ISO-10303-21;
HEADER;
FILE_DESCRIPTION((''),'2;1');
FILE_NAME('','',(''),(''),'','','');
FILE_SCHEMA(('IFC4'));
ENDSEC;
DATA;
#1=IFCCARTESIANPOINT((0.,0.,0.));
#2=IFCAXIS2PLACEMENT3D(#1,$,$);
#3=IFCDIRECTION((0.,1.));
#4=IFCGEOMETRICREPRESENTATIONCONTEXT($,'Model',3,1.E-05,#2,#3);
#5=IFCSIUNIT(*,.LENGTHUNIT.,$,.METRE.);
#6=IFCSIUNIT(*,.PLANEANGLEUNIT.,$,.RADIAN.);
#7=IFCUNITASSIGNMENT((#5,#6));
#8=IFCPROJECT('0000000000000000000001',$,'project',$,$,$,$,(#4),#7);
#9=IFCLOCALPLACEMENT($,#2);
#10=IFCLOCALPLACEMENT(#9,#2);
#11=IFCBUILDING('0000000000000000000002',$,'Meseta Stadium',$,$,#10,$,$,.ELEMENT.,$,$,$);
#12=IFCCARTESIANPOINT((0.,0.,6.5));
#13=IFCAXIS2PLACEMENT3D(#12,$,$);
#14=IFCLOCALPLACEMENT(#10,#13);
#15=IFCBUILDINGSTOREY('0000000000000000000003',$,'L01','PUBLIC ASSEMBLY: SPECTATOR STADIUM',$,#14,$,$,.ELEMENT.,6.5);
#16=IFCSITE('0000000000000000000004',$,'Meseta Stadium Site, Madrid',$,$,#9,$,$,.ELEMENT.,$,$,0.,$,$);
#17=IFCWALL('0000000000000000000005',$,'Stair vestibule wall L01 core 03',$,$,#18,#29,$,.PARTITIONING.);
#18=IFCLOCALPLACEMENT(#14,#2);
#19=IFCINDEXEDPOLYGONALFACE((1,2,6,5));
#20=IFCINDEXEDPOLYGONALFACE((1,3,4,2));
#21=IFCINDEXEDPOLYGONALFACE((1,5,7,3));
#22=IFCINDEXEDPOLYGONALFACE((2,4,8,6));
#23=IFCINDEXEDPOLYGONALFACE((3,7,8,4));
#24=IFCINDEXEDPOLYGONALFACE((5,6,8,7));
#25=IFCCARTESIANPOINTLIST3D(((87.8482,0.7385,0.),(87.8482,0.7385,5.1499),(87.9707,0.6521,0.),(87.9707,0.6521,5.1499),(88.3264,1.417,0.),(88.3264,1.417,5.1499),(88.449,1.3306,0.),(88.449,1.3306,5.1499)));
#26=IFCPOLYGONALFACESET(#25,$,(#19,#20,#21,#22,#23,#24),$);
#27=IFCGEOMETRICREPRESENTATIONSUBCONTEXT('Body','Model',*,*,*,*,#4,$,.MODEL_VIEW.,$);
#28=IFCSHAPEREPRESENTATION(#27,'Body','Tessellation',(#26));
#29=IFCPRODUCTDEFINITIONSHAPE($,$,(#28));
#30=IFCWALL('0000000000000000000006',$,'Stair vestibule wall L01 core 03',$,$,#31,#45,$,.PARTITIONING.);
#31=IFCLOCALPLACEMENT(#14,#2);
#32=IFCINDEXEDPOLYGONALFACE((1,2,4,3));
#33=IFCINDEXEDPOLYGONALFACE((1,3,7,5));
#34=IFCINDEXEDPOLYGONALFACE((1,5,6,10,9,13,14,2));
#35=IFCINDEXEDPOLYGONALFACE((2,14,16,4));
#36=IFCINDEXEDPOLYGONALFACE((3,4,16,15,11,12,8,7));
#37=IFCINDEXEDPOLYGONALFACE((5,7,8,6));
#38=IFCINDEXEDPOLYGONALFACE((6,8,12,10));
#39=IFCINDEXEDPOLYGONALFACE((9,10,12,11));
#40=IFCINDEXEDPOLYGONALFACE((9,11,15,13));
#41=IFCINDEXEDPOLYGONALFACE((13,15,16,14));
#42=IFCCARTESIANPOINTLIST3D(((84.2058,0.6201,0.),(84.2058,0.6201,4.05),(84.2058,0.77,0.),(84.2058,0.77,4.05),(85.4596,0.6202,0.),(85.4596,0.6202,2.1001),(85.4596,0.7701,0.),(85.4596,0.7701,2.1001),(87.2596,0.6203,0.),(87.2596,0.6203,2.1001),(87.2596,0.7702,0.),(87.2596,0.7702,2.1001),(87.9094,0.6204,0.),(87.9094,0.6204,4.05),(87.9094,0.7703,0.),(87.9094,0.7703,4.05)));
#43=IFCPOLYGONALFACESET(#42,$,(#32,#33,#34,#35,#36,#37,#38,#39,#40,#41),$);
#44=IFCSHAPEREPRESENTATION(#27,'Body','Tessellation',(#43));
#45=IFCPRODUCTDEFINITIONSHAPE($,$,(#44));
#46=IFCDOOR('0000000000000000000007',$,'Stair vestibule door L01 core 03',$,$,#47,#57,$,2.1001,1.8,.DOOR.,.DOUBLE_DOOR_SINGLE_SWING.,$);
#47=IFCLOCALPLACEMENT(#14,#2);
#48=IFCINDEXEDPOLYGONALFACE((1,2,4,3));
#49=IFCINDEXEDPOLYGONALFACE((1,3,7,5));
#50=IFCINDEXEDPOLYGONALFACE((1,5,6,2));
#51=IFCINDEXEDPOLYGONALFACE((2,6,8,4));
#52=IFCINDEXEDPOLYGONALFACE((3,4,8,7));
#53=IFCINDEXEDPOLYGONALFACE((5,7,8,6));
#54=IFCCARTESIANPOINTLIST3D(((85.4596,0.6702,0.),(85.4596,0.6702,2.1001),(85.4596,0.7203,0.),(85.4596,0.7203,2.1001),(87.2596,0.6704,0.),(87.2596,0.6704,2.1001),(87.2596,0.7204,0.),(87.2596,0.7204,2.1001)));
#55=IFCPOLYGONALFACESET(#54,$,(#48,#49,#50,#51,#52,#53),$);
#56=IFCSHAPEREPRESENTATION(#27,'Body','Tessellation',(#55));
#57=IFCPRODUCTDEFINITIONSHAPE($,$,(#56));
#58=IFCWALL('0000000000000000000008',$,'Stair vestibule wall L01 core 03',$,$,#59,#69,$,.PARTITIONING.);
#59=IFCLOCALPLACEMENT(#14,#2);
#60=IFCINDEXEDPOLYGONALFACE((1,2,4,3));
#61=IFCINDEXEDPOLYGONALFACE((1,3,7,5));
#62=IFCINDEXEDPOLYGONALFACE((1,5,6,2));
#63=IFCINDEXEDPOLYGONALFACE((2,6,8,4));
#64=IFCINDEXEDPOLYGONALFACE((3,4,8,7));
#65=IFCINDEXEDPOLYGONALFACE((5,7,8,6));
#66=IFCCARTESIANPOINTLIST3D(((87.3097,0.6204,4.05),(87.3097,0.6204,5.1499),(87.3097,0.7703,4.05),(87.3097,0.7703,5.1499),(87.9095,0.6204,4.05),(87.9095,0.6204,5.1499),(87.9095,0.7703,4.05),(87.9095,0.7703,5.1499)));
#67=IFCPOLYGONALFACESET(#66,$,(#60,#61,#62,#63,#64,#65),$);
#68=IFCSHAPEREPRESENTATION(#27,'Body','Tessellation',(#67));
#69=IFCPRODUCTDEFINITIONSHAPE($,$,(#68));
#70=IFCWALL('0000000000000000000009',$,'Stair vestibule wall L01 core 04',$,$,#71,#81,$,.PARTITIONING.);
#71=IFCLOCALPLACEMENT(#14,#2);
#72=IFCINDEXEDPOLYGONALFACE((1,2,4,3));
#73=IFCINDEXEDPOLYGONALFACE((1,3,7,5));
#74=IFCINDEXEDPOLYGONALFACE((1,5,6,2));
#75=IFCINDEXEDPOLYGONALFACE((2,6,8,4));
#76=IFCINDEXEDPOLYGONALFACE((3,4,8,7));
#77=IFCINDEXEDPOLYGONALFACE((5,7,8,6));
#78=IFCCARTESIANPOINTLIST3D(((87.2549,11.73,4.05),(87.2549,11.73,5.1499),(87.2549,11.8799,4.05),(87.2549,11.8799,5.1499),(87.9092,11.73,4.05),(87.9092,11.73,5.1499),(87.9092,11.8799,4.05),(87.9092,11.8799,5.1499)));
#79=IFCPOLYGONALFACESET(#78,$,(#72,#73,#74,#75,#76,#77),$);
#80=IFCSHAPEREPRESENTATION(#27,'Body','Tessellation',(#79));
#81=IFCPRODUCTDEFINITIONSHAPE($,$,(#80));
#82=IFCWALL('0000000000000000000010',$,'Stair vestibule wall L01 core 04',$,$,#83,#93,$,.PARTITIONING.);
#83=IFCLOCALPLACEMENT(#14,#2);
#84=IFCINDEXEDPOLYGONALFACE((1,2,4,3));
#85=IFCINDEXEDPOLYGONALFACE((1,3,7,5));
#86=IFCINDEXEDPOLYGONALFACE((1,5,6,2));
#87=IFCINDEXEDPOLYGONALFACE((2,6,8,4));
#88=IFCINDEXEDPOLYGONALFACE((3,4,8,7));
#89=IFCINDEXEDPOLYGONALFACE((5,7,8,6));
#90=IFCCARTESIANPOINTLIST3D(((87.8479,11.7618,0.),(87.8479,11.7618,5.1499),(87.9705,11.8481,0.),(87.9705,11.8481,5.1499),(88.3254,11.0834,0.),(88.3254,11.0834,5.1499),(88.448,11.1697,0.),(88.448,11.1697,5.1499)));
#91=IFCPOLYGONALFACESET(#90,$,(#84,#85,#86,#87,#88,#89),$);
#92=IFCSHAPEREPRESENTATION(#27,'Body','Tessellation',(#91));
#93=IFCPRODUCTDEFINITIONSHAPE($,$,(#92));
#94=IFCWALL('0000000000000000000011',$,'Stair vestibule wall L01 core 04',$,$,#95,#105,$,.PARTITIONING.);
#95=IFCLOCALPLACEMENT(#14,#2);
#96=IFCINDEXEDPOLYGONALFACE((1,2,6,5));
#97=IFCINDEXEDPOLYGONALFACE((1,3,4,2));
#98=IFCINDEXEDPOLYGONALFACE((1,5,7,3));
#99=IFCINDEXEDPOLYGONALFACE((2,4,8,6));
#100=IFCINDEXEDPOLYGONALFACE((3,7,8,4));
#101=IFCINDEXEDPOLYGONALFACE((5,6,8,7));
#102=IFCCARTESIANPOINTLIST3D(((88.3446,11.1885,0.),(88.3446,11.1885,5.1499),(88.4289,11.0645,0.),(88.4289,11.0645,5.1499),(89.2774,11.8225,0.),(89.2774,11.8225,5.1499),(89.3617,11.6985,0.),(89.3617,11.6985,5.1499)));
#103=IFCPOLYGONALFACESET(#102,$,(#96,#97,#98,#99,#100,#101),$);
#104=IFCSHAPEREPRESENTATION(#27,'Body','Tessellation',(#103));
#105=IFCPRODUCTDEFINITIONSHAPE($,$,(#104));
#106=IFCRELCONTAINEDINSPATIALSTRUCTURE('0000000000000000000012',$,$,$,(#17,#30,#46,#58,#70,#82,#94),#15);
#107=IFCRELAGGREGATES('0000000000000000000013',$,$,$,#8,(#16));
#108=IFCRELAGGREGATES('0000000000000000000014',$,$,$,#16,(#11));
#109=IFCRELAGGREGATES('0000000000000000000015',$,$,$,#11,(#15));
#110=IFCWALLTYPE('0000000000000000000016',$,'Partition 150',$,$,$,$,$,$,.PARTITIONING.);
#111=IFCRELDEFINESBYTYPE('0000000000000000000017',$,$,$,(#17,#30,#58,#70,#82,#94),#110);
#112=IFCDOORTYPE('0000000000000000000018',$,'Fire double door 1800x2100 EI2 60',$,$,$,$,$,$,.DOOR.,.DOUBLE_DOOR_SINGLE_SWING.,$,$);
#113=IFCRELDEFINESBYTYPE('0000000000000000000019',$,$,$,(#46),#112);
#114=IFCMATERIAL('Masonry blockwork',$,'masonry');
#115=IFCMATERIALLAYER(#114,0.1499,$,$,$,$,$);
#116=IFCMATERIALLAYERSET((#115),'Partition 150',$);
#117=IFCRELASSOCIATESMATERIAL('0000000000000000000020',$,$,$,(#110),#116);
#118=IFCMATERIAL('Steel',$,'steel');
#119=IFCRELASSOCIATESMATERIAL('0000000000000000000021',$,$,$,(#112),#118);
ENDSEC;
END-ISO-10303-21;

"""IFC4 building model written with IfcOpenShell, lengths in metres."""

from ifc_helpers import new_model, si_unit, direction, frame, frame_2d, origin, place, context, subcontext, project, spatial, rectangle, extrude, material, layer, layer_set, type_object, element, fill, save


model = new_model("IFC4")

# Units and contexts
model_context = context("Model", 3, precision=1e-05, world=origin(), true_north=direction((0.0, 1.0)))
body_context = subcontext(model_context, "Body", "Model", "MODEL_VIEW")
ifc_project = project(units=[si_unit("LENGTHUNIT", "METRE"), si_unit("PLANEANGLEUNIT", "RADIAN")], contexts=[model_context])

# Site, building, storey
site_placement = place(None, origin())
site = spatial("IfcSite", under=ifc_project, at=site_placement, Name="Meseta Stadium Site, Madrid", CompositionType="ELEMENT", RefElevation=0.0)
building_placement = place(site_placement, origin())
building = spatial("IfcBuilding", under=site, at=building_placement, Name="Meseta Stadium", CompositionType="ELEMENT")
storey_placement = place(building_placement, frame((0.0, 0.0, 6.5)))
storey = spatial("IfcBuildingStorey", under=building, at=storey_placement, Name="L01", Description="PUBLIC ASSEMBLY: SPECTATOR STADIUM", CompositionType="ELEMENT", Elevation=6.5)

# Wall
ifc_material_1 = material(Name="Masonry blockwork", Category="masonry")
ifc_layer_1 = layer(ifc_material_1, 0.1499)
ifc_layer_set_1 = layer_set([ifc_layer_1], Name="Partition 150")
wall_type_1 = type_object("IfcWallType", Name="Partition 150", PredefinedType="PARTITIONING", material=ifc_layer_set_1)
wall_1_placement = place(storey_placement, frame((88.3877, 1.3738, 0.0), z_axis=(0.0, 0.0, 1.0), x_axis=(-0.576163, -0.817334, 0.0)))
element("IfcWall", 1, at=wall_1_placement, inside=storey, type_object=wall_type_1, Name="Stair vestibule wall L01 core 03", PredefinedType="PARTITIONING", context=body_context, shape_type="SweptSolid", body=[
    extrude(rectangle(XDim=0.8301, YDim=0.1499, at=frame_2d((0.415, 0.0))), origin(), (0.0, 0.0, 1.0), 5.1499),
])

# Wall, opening, door
wall_2_placement = place(storey_placement, frame((87.9094, 0.6953, 0.0), z_axis=(0.0, 0.0, 1.0), x_axis=(-1.0, -0.000066, 0.0)))
wall_2 = element("IfcWall", 2, at=wall_2_placement, inside=storey, type_object=wall_type_1, Name="Stair vestibule wall L01 core 03", PredefinedType="PARTITIONING", context=body_context, shape_type="SweptSolid", body=[
    extrude(rectangle(XDim=3.7036, YDim=0.1499, at=frame_2d((1.8518, 0.0))), origin(), (0.0, 0.0, 1.0), 4.05),
])
opening_1_placement = place(wall_2_placement, frame((0.6499, 0.0, 0.0)))
opening_1 = element("IfcOpeningElement", 3, at=opening_1_placement, cuts=wall_2, PredefinedType="OPENING", context=body_context, shape_type="SweptSolid", body=[
    extrude(rectangle(XDim=1.8, YDim=2.1001, at=frame_2d((0.8999, 1.05))), frame((0.0, 0.085, 0.0), z_axis=(0.0, -1.0, 0.0), x_axis=(1.0, 0.0, 0.0)), (0.0, 0.0, 1.0), 0.1699),
])
ifc_material_2 = material(Name="Steel", Category="steel")
door_type_1 = type_object("IfcDoorType", Name="Fire double door 1800x2100 EI2 60", OperationType="DOUBLE_DOOR_SINGLE_SWING", PredefinedType="DOOR", material=ifc_material_2)
door_1_placement = place(opening_1_placement, origin())
door_1 = element("IfcDoor", 4, at=door_1_placement, inside=storey, type_object=door_type_1, Name="Stair vestibule door L01 core 03", OperationType="DOUBLE_DOOR_SINGLE_SWING", OverallHeight=2.1001, OverallWidth=1.8, PredefinedType="DOOR", context=body_context, shape_type="SweptSolid", body=[
    extrude(rectangle(XDim=1.8, YDim=2.1001, at=frame_2d((0.8999, 1.05))), frame((0.0, 0.0249, 0.0), z_axis=(0.0, -1.0, 0.0), x_axis=(1.0, 0.0, 0.0)), (0.0, 0.0, 1.0), 0.05),
])
fill(opening_1, door_1)

# Walls
wall_3_placement = place(storey_placement, frame((87.9094, 0.6953, 4.05), z_axis=(0.0, 0.0, 1.0), x_axis=(-1.0, 0.0, 0.0)))
element("IfcWall", 5, at=wall_3_placement, inside=storey, type_object=wall_type_1, Name="Stair vestibule wall L01 core 03", PredefinedType="PARTITIONING", context=body_context, shape_type="SweptSolid", body=[
    extrude(rectangle(XDim=0.5999, YDim=0.1499, at=frame_2d((0.2998, 0.0))), origin(), (0.0, 0.0, 1.0), 1.0999),
])
wall_4_placement = place(storey_placement, frame((87.2549, 11.8049, 4.05), z_axis=(0.0, 0.0, 1.0), x_axis=(1.0, 0.0, 0.0)))
element("IfcWall", 6, at=wall_4_placement, inside=storey, type_object=wall_type_1, Name="Stair vestibule wall L01 core 04", PredefinedType="PARTITIONING", context=body_context, shape_type="SweptSolid", body=[
    extrude(rectangle(XDim=0.6543, YDim=0.1499, at=frame_2d((0.3271, 0.0))), origin(), (0.0, 0.0, 1.0), 1.0999),
])
wall_5_placement = place(storey_placement, frame((87.9092, 11.8049, 0.0), z_axis=(0.0, 0.0, 1.0), x_axis=(0.575574, -0.81775, 0.0)))
element("IfcWall", 7, at=wall_5_placement, inside=storey, type_object=wall_type_1, Name="Stair vestibule wall L01 core 04", PredefinedType="PARTITIONING", context=body_context, shape_type="SweptSolid", body=[
    extrude(rectangle(XDim=0.8296, YDim=0.1499, at=frame_2d((0.4148, 0.0))), origin(), (0.0, 0.0, 1.0), 5.1499),
])
wall_6_placement = place(storey_placement, frame((88.3867, 11.1265, 0.0), z_axis=(0.0, 0.0, 1.0), x_axis=(0.827055, 0.562121, 0.0)))
element("IfcWall", 8, at=wall_6_placement, inside=storey, type_object=wall_type_1, Name="Stair vestibule wall L01 core 04", PredefinedType="PARTITIONING", context=body_context, shape_type="SweptSolid", body=[
    extrude(rectangle(XDim=1.1279, YDim=0.1499, at=frame_2d((0.564, 0.0))), origin(), (0.0, 0.0, 1.0), 5.1499),
])

save(model, "model.ifc")
